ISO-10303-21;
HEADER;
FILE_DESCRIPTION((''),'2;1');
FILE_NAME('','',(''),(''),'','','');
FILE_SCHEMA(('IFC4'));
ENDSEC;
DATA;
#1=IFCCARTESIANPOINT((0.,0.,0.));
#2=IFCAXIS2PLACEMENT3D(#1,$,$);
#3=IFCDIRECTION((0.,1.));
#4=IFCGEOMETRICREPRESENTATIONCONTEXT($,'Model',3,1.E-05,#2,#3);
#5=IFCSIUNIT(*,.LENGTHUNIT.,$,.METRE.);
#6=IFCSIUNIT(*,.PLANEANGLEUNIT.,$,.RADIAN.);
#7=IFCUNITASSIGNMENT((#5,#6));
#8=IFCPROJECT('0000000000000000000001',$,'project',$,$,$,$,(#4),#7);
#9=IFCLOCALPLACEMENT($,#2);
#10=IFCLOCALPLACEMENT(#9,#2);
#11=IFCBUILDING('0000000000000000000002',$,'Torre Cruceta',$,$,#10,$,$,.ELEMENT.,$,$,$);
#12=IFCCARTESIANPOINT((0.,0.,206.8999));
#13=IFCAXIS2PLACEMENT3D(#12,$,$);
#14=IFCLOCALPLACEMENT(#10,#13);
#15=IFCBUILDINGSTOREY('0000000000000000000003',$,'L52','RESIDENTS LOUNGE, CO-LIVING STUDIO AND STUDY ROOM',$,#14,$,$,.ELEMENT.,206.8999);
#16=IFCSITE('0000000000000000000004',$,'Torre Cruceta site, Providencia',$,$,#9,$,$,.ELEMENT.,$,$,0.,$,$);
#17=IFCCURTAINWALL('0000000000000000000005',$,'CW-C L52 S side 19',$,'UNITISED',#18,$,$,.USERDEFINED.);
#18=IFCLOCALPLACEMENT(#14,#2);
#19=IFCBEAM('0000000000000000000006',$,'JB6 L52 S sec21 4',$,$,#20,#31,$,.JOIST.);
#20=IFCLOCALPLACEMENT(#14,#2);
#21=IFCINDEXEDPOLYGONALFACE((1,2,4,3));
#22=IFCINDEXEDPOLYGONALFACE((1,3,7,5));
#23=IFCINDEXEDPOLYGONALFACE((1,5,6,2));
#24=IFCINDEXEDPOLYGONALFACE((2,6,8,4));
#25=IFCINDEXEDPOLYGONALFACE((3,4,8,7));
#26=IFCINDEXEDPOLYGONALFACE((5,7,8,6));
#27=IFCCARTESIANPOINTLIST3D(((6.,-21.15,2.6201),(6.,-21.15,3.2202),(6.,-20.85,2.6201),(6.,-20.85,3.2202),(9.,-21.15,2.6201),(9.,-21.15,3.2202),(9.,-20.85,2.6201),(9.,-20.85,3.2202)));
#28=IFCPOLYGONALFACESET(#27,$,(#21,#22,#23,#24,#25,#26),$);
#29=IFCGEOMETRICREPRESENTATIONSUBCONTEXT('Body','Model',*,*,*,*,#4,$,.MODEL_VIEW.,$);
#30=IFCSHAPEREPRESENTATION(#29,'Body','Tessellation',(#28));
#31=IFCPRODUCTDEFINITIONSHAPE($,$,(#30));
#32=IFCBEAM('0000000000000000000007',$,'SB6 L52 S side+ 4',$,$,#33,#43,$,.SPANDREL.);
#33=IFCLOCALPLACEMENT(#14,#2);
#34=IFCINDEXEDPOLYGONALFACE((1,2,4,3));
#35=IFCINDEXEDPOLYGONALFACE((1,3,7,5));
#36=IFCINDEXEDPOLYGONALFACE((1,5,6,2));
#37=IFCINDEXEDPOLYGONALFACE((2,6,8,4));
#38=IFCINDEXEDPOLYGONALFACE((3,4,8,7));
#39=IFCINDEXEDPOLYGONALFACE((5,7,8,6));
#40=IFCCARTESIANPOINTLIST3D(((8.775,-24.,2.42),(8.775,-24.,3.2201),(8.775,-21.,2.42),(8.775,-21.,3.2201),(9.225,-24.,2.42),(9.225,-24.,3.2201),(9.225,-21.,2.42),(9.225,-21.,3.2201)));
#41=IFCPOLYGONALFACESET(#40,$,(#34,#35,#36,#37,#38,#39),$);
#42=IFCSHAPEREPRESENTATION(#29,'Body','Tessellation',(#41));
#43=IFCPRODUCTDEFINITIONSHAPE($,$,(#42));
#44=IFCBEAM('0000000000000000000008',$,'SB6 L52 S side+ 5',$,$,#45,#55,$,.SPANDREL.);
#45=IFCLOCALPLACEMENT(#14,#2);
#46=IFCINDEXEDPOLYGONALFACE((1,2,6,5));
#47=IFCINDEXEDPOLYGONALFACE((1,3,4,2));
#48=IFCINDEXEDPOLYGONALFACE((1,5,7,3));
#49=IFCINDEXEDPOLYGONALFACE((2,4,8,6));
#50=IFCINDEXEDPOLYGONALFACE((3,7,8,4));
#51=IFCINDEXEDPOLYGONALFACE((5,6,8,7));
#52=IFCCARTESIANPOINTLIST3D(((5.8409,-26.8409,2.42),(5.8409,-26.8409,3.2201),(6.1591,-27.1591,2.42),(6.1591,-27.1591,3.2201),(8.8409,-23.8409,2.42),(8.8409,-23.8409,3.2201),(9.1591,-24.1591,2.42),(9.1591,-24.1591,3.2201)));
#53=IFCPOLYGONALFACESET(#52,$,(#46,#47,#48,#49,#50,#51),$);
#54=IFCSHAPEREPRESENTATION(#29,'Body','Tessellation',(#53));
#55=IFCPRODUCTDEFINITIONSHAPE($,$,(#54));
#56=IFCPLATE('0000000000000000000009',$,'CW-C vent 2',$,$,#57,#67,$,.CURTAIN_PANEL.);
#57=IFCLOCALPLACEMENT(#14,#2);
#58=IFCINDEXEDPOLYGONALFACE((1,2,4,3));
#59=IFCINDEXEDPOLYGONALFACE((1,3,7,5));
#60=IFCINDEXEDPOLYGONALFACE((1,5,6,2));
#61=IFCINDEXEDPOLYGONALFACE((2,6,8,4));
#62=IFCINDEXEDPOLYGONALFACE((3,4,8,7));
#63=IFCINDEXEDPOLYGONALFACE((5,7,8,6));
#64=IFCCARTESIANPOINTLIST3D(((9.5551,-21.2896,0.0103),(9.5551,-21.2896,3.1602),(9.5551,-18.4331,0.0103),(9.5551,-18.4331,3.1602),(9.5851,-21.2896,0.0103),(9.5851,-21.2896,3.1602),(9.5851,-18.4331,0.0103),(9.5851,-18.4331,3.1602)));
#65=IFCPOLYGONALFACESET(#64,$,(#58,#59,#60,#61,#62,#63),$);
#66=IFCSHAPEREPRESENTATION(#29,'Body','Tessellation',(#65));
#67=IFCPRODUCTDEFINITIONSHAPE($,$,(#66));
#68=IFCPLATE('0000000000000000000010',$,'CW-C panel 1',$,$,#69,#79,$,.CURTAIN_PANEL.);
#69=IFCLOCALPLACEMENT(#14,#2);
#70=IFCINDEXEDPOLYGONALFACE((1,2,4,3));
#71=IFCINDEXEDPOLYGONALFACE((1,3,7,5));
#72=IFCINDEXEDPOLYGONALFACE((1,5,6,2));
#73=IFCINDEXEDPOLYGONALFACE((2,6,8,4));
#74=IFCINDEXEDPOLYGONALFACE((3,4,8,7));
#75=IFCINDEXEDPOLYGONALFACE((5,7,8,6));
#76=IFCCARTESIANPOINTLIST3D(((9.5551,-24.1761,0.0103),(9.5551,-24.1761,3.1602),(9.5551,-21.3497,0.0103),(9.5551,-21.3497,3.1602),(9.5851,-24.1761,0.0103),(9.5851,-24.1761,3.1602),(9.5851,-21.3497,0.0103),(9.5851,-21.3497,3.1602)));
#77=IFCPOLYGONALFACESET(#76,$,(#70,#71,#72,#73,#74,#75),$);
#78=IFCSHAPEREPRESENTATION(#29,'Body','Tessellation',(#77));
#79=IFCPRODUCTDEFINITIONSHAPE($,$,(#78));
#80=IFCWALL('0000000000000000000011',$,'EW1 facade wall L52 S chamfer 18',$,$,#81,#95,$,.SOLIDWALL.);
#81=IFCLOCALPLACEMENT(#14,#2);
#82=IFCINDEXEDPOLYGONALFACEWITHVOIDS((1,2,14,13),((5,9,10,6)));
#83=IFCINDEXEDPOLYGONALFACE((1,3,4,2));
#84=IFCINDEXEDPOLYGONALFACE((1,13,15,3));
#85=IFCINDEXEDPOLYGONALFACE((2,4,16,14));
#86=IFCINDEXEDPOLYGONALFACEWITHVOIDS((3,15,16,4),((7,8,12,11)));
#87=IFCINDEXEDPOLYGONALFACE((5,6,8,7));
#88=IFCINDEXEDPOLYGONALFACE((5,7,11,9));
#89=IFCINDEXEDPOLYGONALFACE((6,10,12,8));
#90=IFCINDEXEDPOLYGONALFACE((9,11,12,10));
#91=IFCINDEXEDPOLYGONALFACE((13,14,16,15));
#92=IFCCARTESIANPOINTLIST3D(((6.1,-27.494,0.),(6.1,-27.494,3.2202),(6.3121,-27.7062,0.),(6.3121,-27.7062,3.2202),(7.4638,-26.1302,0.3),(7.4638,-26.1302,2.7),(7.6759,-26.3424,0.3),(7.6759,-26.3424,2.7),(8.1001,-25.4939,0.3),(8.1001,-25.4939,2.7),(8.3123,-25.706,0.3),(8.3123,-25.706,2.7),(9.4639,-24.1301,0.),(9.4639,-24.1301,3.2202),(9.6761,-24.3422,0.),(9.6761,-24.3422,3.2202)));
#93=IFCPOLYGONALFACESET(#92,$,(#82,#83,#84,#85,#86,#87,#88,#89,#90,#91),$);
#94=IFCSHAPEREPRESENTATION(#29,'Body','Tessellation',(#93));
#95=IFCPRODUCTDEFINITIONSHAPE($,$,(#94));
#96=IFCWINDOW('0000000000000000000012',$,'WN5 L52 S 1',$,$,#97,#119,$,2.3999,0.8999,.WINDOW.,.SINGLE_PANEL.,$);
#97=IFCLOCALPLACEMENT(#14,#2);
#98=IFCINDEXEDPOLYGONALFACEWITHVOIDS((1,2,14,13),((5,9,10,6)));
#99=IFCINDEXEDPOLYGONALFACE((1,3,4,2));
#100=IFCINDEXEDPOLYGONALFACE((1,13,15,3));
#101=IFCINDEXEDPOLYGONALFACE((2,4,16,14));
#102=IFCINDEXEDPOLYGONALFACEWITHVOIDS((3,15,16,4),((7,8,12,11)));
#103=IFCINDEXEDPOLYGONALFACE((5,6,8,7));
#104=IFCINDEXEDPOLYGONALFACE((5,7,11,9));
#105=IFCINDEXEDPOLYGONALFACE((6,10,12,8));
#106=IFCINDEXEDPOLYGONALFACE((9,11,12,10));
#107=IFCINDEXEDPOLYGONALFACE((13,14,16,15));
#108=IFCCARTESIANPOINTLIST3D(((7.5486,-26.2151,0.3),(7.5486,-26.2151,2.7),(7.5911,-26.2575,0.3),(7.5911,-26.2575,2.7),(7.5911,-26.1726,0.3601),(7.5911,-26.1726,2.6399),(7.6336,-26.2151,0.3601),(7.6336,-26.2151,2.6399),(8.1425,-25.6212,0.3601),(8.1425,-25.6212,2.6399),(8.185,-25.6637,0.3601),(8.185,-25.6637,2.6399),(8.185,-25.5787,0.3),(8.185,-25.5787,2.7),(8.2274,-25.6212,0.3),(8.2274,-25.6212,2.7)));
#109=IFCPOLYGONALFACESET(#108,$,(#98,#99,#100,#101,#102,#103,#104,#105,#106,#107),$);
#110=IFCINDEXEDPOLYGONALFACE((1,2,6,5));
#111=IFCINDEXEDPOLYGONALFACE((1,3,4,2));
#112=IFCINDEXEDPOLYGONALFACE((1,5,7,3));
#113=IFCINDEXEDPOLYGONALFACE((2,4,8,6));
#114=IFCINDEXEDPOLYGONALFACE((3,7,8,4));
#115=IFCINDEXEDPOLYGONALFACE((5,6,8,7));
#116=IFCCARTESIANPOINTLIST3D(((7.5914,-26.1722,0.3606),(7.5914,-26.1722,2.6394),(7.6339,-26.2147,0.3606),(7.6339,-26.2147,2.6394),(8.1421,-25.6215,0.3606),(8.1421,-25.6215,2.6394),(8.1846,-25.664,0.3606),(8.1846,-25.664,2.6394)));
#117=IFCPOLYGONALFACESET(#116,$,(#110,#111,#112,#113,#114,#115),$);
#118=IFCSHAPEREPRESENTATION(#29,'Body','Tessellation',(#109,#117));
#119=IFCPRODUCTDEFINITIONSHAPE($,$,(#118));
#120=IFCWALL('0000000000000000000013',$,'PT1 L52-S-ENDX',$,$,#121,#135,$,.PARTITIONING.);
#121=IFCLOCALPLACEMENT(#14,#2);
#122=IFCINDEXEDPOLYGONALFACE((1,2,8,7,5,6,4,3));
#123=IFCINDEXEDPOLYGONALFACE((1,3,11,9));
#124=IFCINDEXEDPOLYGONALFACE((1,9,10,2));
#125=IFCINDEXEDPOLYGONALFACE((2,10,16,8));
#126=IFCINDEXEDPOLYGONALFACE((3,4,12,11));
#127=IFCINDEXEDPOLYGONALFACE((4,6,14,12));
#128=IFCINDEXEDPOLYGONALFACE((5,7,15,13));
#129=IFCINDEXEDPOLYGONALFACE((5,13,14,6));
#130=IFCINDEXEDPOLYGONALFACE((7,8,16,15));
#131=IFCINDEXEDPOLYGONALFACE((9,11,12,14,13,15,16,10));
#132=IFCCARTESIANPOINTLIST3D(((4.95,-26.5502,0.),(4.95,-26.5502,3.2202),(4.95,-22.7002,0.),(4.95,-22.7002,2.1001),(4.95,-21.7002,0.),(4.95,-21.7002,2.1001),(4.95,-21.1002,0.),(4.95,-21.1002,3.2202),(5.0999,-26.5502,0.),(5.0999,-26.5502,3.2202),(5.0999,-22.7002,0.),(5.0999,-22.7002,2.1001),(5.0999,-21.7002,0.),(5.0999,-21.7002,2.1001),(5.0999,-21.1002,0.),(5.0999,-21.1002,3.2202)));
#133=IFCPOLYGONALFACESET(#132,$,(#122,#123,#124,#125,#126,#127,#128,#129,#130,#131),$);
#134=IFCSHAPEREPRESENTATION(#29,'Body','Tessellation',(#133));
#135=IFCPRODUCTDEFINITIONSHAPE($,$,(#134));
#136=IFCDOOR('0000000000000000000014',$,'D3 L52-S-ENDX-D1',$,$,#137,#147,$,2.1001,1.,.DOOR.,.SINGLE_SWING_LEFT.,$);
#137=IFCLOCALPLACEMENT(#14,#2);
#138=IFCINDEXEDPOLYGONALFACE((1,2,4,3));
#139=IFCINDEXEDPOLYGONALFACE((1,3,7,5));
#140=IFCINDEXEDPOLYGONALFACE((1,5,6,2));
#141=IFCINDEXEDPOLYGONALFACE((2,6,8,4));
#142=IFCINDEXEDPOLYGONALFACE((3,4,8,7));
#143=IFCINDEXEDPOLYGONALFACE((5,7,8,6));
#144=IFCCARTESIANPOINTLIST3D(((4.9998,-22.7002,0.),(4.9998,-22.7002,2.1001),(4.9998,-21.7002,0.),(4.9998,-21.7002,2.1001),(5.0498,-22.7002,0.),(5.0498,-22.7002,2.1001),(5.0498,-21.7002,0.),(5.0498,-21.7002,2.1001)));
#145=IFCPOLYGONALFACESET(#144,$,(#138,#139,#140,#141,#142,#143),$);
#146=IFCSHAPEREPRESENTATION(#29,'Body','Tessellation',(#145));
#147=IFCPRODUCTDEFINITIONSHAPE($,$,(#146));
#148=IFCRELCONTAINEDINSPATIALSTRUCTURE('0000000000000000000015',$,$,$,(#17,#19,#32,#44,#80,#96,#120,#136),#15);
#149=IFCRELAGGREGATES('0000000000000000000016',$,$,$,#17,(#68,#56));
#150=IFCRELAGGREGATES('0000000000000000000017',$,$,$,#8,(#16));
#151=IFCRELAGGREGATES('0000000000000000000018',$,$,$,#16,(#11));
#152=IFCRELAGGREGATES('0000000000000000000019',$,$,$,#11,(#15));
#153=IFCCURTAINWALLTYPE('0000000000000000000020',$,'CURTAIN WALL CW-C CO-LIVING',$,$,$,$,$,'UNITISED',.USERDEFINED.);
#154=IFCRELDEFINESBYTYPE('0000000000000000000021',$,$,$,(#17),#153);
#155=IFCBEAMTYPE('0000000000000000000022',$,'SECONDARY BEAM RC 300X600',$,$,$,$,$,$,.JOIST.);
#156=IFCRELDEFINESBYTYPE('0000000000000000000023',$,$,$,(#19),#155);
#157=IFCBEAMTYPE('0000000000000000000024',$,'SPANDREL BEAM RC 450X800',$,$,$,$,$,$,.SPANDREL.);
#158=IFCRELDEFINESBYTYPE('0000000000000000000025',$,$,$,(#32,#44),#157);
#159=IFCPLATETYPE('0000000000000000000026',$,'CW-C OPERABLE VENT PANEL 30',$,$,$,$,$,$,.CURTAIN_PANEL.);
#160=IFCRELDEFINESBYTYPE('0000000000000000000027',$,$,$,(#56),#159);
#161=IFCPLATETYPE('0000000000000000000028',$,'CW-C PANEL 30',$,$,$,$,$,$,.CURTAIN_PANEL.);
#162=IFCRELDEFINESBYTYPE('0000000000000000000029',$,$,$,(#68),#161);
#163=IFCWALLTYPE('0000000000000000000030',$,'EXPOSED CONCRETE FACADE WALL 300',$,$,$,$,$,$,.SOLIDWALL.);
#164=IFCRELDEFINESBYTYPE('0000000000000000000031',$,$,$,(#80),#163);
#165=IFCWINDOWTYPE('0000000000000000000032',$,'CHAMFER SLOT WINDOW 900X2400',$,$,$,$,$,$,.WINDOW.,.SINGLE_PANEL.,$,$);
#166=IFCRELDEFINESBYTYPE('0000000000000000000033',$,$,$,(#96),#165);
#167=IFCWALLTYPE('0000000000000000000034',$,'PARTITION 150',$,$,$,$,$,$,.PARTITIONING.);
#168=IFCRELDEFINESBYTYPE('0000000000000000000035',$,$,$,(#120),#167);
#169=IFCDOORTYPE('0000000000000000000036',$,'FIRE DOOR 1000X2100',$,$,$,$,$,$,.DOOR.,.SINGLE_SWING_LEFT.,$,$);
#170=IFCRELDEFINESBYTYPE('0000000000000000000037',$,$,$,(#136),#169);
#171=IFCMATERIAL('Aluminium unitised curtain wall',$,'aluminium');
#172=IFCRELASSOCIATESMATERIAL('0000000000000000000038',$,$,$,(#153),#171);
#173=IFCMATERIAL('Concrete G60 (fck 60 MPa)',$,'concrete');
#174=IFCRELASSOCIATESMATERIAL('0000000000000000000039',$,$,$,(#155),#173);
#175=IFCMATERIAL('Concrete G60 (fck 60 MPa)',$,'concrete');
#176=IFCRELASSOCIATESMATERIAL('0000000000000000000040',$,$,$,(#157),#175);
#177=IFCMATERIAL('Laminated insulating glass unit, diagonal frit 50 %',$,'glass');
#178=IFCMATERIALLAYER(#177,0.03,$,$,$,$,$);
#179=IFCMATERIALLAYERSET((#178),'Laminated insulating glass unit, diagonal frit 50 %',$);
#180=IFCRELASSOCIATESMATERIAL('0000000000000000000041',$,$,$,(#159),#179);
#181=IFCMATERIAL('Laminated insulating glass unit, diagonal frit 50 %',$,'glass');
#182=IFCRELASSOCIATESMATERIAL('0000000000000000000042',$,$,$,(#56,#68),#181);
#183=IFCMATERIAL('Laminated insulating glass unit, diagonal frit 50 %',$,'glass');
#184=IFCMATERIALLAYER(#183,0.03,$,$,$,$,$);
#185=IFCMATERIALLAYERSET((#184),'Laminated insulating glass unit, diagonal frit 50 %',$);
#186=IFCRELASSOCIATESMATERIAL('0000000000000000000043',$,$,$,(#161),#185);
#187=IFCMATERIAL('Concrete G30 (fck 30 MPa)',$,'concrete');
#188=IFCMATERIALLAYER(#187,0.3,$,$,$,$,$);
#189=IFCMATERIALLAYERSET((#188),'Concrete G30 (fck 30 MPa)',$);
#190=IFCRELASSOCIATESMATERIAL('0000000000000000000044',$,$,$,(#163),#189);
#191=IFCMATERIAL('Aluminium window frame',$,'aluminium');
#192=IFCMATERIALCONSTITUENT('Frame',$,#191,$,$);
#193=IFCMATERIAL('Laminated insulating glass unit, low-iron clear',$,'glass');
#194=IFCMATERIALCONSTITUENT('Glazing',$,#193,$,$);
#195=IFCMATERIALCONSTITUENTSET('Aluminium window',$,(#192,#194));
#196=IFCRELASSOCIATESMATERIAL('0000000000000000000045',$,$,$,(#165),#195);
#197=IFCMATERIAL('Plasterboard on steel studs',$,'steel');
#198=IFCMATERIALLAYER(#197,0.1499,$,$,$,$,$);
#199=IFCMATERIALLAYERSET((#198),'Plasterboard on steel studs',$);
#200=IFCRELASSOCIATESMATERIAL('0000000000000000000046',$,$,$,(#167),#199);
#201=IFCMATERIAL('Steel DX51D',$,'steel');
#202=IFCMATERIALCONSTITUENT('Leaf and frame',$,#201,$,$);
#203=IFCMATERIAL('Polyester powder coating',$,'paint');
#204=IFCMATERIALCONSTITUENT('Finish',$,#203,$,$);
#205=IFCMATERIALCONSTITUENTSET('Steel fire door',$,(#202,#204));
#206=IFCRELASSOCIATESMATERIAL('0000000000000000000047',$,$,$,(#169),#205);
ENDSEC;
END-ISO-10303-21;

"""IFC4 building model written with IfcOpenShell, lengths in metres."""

from ifc_helpers import new_model, si_unit, direction, frame, frame_2d, origin, origin_2d, place, context, subcontext, project, spatial, rectangle, hollow_rectangle, extrude, material, layer, layer_set, constituent, constituent_set, material_profile, profile_set, type_object, element, fill, aggregate, save


model = new_model("IFC4")

# Units and contexts
model_context = context("Model", 3, precision=1e-05, world=origin(), true_north=direction((0.0, 1.0)))
body_context = subcontext(model_context, "Body", "Model", "MODEL_VIEW")
ifc_project = project(units=[si_unit("LENGTHUNIT", "METRE"), si_unit("PLANEANGLEUNIT", "RADIAN")], contexts=[model_context])

# Site, building, storey
site_placement = place(None, origin())
site = spatial("IfcSite", under=ifc_project, at=site_placement, Name="Torre Cruceta site, Providencia", CompositionType="ELEMENT", RefElevation=0.0)
building_placement = place(site_placement, origin())
building = spatial("IfcBuilding", under=site, at=building_placement, Name="Torre Cruceta", CompositionType="ELEMENT")
storey_placement = place(building_placement, frame((0.0, 0.0, 206.8999)))
storey = spatial("IfcBuildingStorey", under=building, at=storey_placement, Name="L52", Description="RESIDENTS LOUNGE, CO-LIVING STUDIO AND STUDY ROOM", CompositionType="ELEMENT", Elevation=206.8999)

# Curtain wall
ifc_material_1 = material(Name="Aluminium unitised curtain wall", Category="aluminium")
curtain_wall_type = type_object("IfcCurtainWallType", Name="CURTAIN WALL CW-C CO-LIVING", ElementType="UNITISED", PredefinedType="USERDEFINED", material=ifc_material_1)
curtain_wall_placement = place(storey_placement, origin())
curtain_wall = element("IfcCurtainWall", 1, at=curtain_wall_placement, inside=storey, type_object=curtain_wall_type, Name="CW-C L52 S side 19", ObjectType="UNITISED", PredefinedType="USERDEFINED")

# Beams
ifc_material_2 = material(Name="Concrete G60 (fck 60 MPa)", Category="concrete")
ifc_material_profile_1 = material_profile(ifc_material_2, rectangle(XDim=0.3, YDim=0.6001, at=origin_2d()), Name="RC 300X600")
ifc_profile_set_1 = profile_set([ifc_material_profile_1], Name="Concrete G60 (fck 60 MPa)")
beam_type_1 = type_object("IfcBeamType", Name="SECONDARY BEAM RC 300X600", PredefinedType="JOIST", material=ifc_profile_set_1)
beam_1_placement = place(storey_placement, frame((6.0, -21.0, 2.9202), z_axis=(1.0, 0.0, 0.0), x_axis=(0.0, 1.0, 0.0)))
element("IfcBeam", 2, at=beam_1_placement, inside=storey, type_object=beam_type_1, Name="JB6 L52 S sec21 4", PredefinedType="JOIST", context=body_context, shape_type="SweptSolid", body=[
    extrude(rectangle(XDim=0.3, YDim=0.6001, at=origin_2d()), origin(), (0.0, 0.0, 1.0), 3.0),
])
ifc_material_3 = material(Name="Concrete G60 (fck 60 MPa)", Category="concrete")
ifc_material_profile_2 = material_profile(ifc_material_3, rectangle(XDim=0.45, YDim=0.8, at=origin_2d()), Name="RC 450X800")
ifc_profile_set_2 = profile_set([ifc_material_profile_2], Name="Concrete G60 (fck 60 MPa)")
beam_type_2 = type_object("IfcBeamType", Name="SPANDREL BEAM RC 450X800", PredefinedType="SPANDREL", material=ifc_profile_set_2)
beam_2_placement = place(storey_placement, frame((9.0, -21.0, 2.8201), z_axis=(0.0, -1.0, 0.0), x_axis=(1.0, 0.0, 0.0)))
element("IfcBeam", 3, at=beam_2_placement, inside=storey, type_object=beam_type_2, Name="SB6 L52 S side+ 4", PredefinedType="SPANDREL", context=body_context, shape_type="SweptSolid", body=[
    extrude(rectangle(XDim=0.45, YDim=0.8, at=origin_2d()), origin(), (0.0, 0.0, 1.0), 3.0),
])
beam_3_placement = place(storey_placement, frame((9.0, -24.0, 2.8201), z_axis=(-0.707107, -0.707107, 0.0), x_axis=(0.707107, -0.707107, 0.0)))
element("IfcBeam", 4, at=beam_3_placement, inside=storey, type_object=beam_type_2, Name="SB6 L52 S side+ 5", PredefinedType="SPANDREL", context=body_context, shape_type="SweptSolid", body=[
    extrude(rectangle(XDim=0.45, YDim=0.8, at=origin_2d()), origin(), (0.0, 0.0, 1.0), 4.2427),
])

# Plates
ifc_material_4 = material(Name="Laminated insulating glass unit, diagonal frit 50 %", Category="glass")
ifc_material_5 = material(Name="Laminated insulating glass unit, diagonal frit 50 %", Category="glass")
ifc_layer_1 = layer(ifc_material_5, 0.03)
ifc_layer_set_1 = layer_set([ifc_layer_1], Name="Laminated insulating glass unit, diagonal frit 50 %")
plate_type_1 = type_object("IfcPlateType", Name="CW-C OPERABLE VENT PANEL 30", PredefinedType="CURTAIN_PANEL", material=ifc_layer_set_1)
plate_1_placement = place(storey_placement, frame((9.5701, -19.8613, 0.0103), z_axis=(0.0, 0.0, 1.0), x_axis=(0.0, 1.0, 0.0)))
plate_1 = element("IfcPlate", 5, at=plate_1_placement, type_object=plate_type_1, material=ifc_material_4, Name="CW-C vent 2", PredefinedType="CURTAIN_PANEL", context=body_context, shape_type="SweptSolid", body=[
    extrude(rectangle(XDim=2.8564, YDim=0.03, at=origin_2d()), origin(), (0.0, 0.0, 1.0), 3.1499),
])
ifc_material_6 = material(Name="Laminated insulating glass unit, diagonal frit 50 %", Category="glass")
ifc_layer_2 = layer(ifc_material_6, 0.03)
ifc_layer_set_2 = layer_set([ifc_layer_2], Name="Laminated insulating glass unit, diagonal frit 50 %")
plate_type_2 = type_object("IfcPlateType", Name="CW-C PANEL 30", PredefinedType="CURTAIN_PANEL", material=ifc_layer_set_2)
plate_2_placement = place(storey_placement, frame((9.5701, -22.7629, 0.0103), z_axis=(0.0, 0.0, 1.0), x_axis=(0.0, 1.0, 0.0)))
plate_2 = element("IfcPlate", 6, at=plate_2_placement, type_object=plate_type_2, material=ifc_material_4, Name="CW-C panel 1", PredefinedType="CURTAIN_PANEL", context=body_context, shape_type="SweptSolid", body=[
    extrude(rectangle(XDim=2.8264, YDim=0.03, at=origin_2d()), origin(), (0.0, 0.0, 1.0), 3.1499),
])
aggregate(curtain_wall, [plate_2, plate_1])

# Wall, opening, window
ifc_material_7 = material(Name="Concrete G30 (fck 30 MPa)", Category="concrete")
ifc_layer_3 = layer(ifc_material_7, 0.3)
ifc_layer_set_3 = layer_set([ifc_layer_3], Name="Concrete G30 (fck 30 MPa)")
wall_type_1 = type_object("IfcWallType", Name="EXPOSED CONCRETE FACADE WALL 300", PredefinedType="SOLIDWALL", material=ifc_layer_set_3)
wall_1_placement = place(storey_placement, frame((6.2061, -27.6001, 0.0), z_axis=(0.0, 0.0, 1.0), x_axis=(0.707107, 0.707107, 0.0)))
wall_1 = element("IfcWall", 7, at=wall_1_placement, inside=storey, type_object=wall_type_1, Name="EW1 facade wall L52 S chamfer 18", PredefinedType="SOLIDWALL", context=body_context, shape_type="SweptSolid", body=[
    extrude(rectangle(XDim=4.7573, YDim=0.3, at=frame_2d((2.3787, 0.0))), origin(), (0.0, 0.0, 1.0), 3.2202),
])
opening_1_placement = place(wall_1_placement, frame((1.9287, 0.0, 0.3)))
opening_1 = element("IfcOpeningElement", 8, at=opening_1_placement, cuts=wall_1, PredefinedType="OPENING", context=body_context, shape_type="SweptSolid", body=[
    extrude(rectangle(XDim=0.8999, YDim=2.3999, at=frame_2d((0.45, 1.2))), frame((0.0, 0.1599, 0.0), z_axis=(0.0, -1.0, 0.0), x_axis=(1.0, 0.0, 0.0)), (0.0, 0.0, 1.0), 0.3201),
])
ifc_material_8 = material(Name="Aluminium window frame", Category="aluminium")
ifc_constituent_1 = constituent(ifc_material_8, Name="Frame")
ifc_material_9 = material(Name="Laminated insulating glass unit, low-iron clear", Category="glass")
ifc_constituent_2 = constituent(ifc_material_9, Name="Glazing")
ifc_constituent_set_1 = constituent_set(constituents=[ifc_constituent_1, ifc_constituent_2], Name="Aluminium window")
window_type = type_object("IfcWindowType", Name="CHAMFER SLOT WINDOW 900X2400", PartitioningType="SINGLE_PANEL", PredefinedType="WINDOW", material=ifc_constituent_set_1)
window_placement = place(opening_1_placement, origin())
window = element("IfcWindow", 9, at=window_placement, inside=storey, type_object=window_type, Name="WN5 L52 S 1", OverallHeight=2.3999, OverallWidth=0.8999, PartitioningType="SINGLE_PANEL", PredefinedType="WINDOW", context=body_context, shape_type="SweptSolid", body=[
    extrude(hollow_rectangle(XDim=0.8999, YDim=2.3999, WallThickness=0.0601, at=frame_2d((0.45, 1.2))), frame((0.0, 0.03, 0.0), z_axis=(0.0, -1.0, 0.0), x_axis=(1.0, 0.0, 0.0)), (0.0, 0.0, 1.0), 0.0601),
    extrude(rectangle(XDim=0.7788, YDim=2.2788, at=frame_2d((0.45, 1.2))), frame((0.0, 0.03, 0.0), z_axis=(0.0, -1.0, 0.0), x_axis=(1.0, 0.0, 0.0)), (0.0, 0.0, 1.0), 0.0601),
])
fill(opening_1, window)

# Wall, opening, door
ifc_material_10 = material(Name="Plasterboard on steel studs", Category="steel")
ifc_layer_4 = layer(ifc_material_10, 0.1499)
ifc_layer_set_4 = layer_set([ifc_layer_4], Name="Plasterboard on steel studs")
wall_type_2 = type_object("IfcWallType", Name="PARTITION 150", PredefinedType="PARTITIONING", material=ifc_layer_set_4)
wall_2_placement = place(storey_placement, frame((5.0249, -21.1001, 0.0), z_axis=(0.0, 0.0, 1.0), x_axis=(0.0, -1.0, 0.0)))
wall_2 = element("IfcWall", 10, at=wall_2_placement, inside=storey, type_object=wall_type_2, Name="PT1 L52-S-ENDX", PredefinedType="PARTITIONING", context=body_context, shape_type="SweptSolid", body=[
    extrude(rectangle(XDim=5.45, YDim=0.1499, at=frame_2d((2.7251, 0.0))), origin(), (0.0, 0.0, 1.0), 3.2202),
])
opening_2_placement = place(wall_2_placement, frame((0.6001, 0.0, 0.0)))
opening_2 = element("IfcOpeningElement", 11, at=opening_2_placement, cuts=wall_2, PredefinedType="OPENING", context=body_context, shape_type="SweptSolid", body=[
    extrude(rectangle(XDim=1.0, YDim=2.1001, at=frame_2d((0.5, 1.05))), frame((0.0, 0.085, 0.0), z_axis=(0.0, -1.0, 0.0), x_axis=(1.0, 0.0, 0.0)), (0.0, 0.0, 1.0), 0.1699),
])
ifc_material_11 = material(Name="Steel DX51D", Category="steel")
ifc_constituent_3 = constituent(ifc_material_11, Name="Leaf and frame")
ifc_material_12 = material(Name="Polyester powder coating", Category="paint")
ifc_constituent_4 = constituent(ifc_material_12, Name="Finish")
ifc_constituent_set_2 = constituent_set(constituents=[ifc_constituent_3, ifc_constituent_4], Name="Steel fire door")
door_type_1 = type_object("IfcDoorType", Name="FIRE DOOR 1000X2100", OperationType="SINGLE_SWING_LEFT", PredefinedType="DOOR", material=ifc_constituent_set_2)
door_1_placement = place(opening_2_placement, origin())
door_1 = element("IfcDoor", 12, at=door_1_placement, inside=storey, type_object=door_type_1, Name="D3 L52-S-ENDX-D1", OperationType="SINGLE_SWING_LEFT", OverallHeight=2.1001, OverallWidth=1.0, PredefinedType="DOOR", context=body_context, shape_type="SweptSolid", body=[
    extrude(rectangle(XDim=1.0, YDim=2.1001, at=frame_2d((0.5, 1.05))), frame((0.0, 0.0249, 0.0), z_axis=(0.0, -1.0, 0.0), x_axis=(1.0, 0.0, 0.0)), (0.0, 0.0, 1.0), 0.05),
])
fill(opening_2, door_1)

save(model, "model.ifc")
